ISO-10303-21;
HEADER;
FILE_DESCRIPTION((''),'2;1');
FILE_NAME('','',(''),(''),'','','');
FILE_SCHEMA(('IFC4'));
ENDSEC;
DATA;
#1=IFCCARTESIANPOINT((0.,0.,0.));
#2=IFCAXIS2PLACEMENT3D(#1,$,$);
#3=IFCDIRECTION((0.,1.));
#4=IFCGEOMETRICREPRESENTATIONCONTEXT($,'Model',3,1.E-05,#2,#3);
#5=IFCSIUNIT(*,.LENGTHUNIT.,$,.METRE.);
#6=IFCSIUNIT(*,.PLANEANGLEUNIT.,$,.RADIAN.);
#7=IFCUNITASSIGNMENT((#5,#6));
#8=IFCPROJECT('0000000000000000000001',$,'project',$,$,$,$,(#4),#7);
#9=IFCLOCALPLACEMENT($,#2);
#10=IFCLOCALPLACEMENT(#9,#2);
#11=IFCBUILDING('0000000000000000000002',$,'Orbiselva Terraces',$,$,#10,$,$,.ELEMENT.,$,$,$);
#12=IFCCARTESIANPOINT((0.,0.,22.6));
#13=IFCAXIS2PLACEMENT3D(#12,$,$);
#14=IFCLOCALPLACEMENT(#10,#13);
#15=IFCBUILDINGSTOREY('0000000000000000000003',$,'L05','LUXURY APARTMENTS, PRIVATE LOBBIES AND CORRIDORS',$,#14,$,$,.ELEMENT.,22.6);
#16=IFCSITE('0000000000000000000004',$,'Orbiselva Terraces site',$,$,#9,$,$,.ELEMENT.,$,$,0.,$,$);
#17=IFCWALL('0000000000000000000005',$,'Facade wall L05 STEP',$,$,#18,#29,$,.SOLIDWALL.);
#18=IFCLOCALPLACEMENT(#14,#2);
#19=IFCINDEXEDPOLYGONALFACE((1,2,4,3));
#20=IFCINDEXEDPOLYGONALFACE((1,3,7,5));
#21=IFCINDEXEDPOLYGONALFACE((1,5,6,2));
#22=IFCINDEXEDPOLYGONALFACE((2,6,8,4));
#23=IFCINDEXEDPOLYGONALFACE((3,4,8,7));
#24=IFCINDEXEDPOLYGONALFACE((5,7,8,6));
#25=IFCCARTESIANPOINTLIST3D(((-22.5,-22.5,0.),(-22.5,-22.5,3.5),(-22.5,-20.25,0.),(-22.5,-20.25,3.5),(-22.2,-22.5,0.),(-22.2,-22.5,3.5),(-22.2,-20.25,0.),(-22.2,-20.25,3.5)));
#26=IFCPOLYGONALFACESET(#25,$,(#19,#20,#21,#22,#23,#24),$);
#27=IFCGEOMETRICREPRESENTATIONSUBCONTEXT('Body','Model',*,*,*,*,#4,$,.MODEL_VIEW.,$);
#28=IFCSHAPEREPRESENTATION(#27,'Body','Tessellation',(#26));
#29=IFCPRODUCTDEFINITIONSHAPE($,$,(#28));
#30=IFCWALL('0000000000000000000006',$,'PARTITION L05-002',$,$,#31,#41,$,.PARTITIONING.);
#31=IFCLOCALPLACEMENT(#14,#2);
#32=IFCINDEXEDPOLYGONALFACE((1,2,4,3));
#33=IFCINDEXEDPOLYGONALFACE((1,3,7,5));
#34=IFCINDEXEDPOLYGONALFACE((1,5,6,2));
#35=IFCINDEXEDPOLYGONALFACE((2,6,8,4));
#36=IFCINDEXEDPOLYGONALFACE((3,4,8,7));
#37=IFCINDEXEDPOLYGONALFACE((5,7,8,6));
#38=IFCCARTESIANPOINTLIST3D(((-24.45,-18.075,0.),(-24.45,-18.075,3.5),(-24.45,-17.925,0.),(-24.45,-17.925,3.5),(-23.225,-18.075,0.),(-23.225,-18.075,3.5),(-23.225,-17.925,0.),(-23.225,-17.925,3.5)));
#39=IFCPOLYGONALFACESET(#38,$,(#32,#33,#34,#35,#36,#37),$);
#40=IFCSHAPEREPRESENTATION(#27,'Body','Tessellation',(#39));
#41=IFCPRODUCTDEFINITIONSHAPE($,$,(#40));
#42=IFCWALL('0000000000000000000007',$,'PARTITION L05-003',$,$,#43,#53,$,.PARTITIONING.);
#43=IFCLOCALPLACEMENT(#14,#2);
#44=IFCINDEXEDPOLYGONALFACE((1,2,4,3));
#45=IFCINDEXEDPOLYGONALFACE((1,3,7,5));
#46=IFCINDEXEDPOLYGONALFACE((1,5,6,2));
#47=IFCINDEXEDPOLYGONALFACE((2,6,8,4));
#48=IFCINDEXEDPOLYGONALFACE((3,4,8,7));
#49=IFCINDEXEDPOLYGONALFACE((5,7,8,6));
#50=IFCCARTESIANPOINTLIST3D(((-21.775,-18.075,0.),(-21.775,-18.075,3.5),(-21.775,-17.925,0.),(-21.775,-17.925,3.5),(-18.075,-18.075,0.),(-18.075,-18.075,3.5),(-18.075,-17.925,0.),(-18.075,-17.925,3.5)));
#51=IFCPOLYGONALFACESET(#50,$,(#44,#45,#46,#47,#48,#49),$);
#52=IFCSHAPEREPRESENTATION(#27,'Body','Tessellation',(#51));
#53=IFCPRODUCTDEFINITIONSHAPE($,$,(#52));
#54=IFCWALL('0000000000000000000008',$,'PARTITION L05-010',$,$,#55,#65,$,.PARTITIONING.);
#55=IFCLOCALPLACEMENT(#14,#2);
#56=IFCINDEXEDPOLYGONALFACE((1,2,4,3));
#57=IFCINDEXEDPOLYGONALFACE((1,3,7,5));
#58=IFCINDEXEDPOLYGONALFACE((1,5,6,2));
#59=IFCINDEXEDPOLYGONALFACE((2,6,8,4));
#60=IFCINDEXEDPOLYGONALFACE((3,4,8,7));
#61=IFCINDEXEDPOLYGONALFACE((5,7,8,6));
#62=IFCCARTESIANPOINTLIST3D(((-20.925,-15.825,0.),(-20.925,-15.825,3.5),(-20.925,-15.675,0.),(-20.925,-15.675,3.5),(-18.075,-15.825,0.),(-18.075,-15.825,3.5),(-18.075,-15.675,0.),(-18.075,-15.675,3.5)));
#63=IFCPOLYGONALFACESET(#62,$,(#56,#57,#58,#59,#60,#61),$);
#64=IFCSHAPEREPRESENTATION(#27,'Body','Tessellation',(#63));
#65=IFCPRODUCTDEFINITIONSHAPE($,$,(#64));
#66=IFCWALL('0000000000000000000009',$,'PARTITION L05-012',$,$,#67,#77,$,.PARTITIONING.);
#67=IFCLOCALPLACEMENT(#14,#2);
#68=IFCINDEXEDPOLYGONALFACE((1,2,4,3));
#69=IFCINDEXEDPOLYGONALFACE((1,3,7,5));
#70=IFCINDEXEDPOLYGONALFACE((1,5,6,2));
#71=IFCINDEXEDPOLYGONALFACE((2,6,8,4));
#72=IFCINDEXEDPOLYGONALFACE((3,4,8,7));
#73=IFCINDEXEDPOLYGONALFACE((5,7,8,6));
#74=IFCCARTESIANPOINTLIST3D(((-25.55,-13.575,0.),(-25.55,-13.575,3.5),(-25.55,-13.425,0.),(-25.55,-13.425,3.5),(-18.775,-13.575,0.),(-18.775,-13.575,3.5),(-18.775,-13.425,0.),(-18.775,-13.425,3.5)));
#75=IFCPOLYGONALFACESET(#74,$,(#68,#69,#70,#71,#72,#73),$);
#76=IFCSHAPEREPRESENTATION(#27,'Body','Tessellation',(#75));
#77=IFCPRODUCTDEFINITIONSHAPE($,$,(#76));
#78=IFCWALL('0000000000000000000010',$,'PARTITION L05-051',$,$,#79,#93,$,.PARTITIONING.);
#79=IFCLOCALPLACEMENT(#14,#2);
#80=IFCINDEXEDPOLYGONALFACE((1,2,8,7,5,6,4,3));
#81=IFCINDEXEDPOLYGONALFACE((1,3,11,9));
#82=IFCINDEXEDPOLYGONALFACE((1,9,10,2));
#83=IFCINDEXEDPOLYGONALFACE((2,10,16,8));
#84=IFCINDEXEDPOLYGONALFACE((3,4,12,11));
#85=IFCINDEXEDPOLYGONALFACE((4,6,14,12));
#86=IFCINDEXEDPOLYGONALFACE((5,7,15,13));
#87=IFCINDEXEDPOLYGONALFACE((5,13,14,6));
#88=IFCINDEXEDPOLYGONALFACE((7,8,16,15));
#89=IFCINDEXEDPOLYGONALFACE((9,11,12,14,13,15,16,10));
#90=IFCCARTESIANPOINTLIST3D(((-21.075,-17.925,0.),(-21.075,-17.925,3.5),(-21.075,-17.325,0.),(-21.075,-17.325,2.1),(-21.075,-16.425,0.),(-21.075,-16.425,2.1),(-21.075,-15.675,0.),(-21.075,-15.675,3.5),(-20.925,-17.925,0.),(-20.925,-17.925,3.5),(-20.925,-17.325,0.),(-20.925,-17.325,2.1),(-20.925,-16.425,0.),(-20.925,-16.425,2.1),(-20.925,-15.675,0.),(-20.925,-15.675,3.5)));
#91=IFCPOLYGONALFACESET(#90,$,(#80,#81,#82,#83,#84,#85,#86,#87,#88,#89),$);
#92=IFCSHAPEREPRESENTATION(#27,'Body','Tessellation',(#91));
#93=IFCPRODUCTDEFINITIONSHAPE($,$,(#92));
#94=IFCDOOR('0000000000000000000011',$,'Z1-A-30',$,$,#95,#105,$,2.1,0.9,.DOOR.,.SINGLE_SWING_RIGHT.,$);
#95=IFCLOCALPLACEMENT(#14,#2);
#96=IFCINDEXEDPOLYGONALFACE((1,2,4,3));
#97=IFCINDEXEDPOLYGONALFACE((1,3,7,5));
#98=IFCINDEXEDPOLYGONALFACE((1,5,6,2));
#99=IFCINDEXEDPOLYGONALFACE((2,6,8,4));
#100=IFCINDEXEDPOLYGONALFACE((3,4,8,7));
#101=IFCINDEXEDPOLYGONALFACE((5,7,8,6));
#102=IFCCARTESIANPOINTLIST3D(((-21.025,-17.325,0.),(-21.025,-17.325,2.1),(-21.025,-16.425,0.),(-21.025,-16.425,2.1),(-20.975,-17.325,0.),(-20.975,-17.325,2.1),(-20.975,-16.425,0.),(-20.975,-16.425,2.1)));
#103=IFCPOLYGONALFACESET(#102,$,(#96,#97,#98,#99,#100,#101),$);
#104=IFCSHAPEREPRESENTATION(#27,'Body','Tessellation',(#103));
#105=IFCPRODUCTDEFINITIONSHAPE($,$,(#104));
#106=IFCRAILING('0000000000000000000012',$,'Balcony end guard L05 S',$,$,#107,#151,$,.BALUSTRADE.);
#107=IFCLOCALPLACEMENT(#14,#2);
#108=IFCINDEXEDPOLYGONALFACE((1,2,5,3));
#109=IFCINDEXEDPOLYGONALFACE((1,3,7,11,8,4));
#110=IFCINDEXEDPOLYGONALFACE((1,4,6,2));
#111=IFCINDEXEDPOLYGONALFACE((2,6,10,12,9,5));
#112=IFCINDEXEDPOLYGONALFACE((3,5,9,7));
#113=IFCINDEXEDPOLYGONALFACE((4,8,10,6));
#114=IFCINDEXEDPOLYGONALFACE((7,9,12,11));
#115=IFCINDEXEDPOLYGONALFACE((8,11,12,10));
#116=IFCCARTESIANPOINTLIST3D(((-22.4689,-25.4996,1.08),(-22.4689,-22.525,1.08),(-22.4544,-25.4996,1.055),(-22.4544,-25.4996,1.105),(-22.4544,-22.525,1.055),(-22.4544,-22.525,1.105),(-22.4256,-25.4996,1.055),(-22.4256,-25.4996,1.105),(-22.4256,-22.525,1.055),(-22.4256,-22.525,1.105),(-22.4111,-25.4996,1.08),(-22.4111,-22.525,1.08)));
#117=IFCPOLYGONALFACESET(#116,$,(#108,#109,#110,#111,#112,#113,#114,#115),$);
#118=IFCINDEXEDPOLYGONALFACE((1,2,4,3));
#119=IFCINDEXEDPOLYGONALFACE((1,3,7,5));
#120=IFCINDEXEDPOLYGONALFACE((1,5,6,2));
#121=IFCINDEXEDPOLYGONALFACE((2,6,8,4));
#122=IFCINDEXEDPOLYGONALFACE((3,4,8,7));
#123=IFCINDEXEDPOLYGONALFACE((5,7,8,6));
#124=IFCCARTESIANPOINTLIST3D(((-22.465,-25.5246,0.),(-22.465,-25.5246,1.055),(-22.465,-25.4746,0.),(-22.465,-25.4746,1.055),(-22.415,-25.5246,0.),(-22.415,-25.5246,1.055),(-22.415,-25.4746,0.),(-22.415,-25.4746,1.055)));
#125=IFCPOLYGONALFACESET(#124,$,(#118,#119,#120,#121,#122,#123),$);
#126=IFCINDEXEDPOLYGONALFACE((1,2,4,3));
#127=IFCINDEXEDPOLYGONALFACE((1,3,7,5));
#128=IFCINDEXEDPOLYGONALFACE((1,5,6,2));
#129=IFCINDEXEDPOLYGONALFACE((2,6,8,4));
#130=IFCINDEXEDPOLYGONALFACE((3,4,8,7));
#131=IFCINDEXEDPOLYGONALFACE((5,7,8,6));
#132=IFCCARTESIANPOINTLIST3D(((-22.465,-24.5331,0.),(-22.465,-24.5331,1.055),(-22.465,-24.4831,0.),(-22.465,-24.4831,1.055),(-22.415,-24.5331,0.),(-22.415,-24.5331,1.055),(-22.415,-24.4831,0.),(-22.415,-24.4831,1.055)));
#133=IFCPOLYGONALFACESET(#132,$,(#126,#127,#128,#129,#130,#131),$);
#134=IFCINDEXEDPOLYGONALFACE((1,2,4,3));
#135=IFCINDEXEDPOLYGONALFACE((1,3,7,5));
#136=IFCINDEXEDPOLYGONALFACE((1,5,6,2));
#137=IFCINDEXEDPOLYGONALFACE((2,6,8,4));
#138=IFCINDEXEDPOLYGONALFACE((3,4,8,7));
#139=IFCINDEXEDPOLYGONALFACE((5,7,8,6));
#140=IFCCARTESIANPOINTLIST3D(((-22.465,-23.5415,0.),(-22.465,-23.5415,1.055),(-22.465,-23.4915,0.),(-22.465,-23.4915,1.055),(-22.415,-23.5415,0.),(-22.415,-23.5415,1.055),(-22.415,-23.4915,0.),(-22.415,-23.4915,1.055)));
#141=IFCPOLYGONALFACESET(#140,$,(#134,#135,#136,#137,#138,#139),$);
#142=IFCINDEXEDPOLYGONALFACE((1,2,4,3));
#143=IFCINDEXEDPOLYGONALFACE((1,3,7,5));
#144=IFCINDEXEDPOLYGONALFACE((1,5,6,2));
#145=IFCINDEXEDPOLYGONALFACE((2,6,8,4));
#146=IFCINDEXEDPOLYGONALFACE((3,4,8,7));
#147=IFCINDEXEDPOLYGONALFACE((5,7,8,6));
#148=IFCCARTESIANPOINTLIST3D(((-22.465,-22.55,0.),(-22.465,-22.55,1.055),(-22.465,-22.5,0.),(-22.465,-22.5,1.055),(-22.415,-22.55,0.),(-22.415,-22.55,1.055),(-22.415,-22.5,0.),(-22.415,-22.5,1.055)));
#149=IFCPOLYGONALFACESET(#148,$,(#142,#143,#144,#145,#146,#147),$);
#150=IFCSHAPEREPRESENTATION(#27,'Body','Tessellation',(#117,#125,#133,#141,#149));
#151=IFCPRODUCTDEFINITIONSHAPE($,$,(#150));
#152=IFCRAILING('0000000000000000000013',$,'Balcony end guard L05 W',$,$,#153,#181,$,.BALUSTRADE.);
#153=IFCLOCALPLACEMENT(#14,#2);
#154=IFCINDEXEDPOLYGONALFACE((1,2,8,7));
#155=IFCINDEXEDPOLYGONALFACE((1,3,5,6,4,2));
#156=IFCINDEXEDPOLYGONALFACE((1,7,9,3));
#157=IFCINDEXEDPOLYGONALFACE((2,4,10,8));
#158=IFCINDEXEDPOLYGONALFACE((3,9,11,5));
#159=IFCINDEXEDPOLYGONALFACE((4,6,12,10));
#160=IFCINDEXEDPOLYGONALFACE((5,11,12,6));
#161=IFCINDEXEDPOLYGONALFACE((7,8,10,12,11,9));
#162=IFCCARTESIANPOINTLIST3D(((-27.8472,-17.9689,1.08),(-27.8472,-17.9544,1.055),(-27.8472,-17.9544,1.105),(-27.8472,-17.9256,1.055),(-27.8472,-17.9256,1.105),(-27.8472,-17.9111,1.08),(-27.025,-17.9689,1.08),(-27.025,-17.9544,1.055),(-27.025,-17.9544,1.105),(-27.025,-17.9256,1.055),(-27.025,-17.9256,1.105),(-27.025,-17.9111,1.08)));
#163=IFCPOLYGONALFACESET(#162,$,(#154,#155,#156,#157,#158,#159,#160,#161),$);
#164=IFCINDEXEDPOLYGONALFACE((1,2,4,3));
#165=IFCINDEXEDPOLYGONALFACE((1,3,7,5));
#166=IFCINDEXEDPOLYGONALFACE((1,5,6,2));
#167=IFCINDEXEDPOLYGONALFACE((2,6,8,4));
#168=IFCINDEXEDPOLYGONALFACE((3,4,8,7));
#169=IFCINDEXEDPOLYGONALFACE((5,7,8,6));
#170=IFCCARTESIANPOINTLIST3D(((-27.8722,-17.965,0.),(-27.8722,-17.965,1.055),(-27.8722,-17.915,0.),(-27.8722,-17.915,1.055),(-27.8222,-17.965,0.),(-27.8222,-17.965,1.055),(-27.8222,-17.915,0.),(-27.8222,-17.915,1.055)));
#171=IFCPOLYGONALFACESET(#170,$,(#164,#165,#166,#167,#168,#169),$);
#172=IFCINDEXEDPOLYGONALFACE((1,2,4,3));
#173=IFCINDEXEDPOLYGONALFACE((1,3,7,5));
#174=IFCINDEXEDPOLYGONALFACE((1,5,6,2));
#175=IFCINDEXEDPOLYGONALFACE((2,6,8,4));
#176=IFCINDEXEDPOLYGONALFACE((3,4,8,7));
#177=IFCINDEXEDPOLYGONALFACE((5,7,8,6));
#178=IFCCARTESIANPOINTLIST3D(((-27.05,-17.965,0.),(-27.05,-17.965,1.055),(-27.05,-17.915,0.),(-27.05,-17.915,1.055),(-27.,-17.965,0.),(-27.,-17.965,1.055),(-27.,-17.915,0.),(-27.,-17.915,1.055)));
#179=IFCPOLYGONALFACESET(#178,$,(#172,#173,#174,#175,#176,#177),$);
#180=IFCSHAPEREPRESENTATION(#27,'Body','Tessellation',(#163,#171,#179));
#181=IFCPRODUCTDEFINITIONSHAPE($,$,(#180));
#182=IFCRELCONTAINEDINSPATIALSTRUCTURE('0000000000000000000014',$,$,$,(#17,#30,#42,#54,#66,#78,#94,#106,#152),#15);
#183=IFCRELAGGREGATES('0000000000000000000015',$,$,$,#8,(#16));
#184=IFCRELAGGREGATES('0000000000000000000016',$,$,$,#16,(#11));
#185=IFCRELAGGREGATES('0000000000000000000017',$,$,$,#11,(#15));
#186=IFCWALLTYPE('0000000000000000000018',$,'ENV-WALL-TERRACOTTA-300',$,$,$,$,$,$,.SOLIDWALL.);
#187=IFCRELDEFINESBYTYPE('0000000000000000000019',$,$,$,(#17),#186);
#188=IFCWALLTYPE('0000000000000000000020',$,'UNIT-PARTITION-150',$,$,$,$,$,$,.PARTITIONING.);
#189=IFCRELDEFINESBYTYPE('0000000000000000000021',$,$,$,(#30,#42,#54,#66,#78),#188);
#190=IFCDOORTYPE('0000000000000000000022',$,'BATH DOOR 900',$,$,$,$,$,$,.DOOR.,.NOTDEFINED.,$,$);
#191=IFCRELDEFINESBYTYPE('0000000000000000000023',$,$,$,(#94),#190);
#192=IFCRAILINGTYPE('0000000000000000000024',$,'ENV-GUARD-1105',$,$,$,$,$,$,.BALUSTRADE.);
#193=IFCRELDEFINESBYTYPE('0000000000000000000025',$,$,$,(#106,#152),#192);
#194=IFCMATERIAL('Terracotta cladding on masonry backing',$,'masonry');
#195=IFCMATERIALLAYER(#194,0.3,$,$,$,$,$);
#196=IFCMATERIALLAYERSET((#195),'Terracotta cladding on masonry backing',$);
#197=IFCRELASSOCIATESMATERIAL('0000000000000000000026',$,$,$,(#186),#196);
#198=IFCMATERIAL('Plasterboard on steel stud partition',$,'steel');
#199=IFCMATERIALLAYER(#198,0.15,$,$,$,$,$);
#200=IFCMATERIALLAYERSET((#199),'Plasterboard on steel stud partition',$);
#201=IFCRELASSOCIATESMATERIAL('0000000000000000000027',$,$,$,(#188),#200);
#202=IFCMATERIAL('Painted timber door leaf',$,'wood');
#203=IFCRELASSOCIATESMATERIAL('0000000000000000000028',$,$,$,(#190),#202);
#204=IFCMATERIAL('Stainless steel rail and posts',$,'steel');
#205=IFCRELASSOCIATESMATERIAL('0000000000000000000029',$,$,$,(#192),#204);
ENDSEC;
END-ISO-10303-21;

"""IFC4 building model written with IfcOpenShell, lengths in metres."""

from ifc_helpers import new_model, si_unit, direction, frame, frame_2d, origin, origin_2d, place, context, subcontext, project, spatial, polyline, rectangle, outline, extrude, material, layer, layer_set, type_object, element, fill, save


model = new_model("IFC4")

# Units and contexts
model_context = context("Model", 3, precision=1e-05, world=origin(), true_north=direction((0.0, 1.0)))
body_context = subcontext(model_context, "Body", "Model", "MODEL_VIEW")
ifc_project = project(units=[si_unit("LENGTHUNIT", "METRE"), si_unit("PLANEANGLEUNIT", "RADIAN")], contexts=[model_context])

# Site, building, storey
site_placement = place(None, origin())
site = spatial("IfcSite", under=ifc_project, at=site_placement, Name="Orbiselva Terraces site", CompositionType="ELEMENT", RefElevation=0.0)
building_placement = place(site_placement, origin())
building = spatial("IfcBuilding", under=site, at=building_placement, Name="Orbiselva Terraces", CompositionType="ELEMENT")
storey_placement = place(building_placement, frame((0.0, 0.0, 22.6)))
storey = spatial("IfcBuildingStorey", under=building, at=storey_placement, Name="L05", Description="LUXURY APARTMENTS, PRIVATE LOBBIES AND CORRIDORS", CompositionType="ELEMENT", Elevation=22.6)

# Shared definitions
ifc_material_1 = material(Name="Terracotta cladding on masonry backing", Category="masonry")
ifc_layer_1 = layer(ifc_material_1, 0.3)
ifc_layer_set_1 = layer_set([ifc_layer_1], Name="Terracotta cladding on masonry backing")
wall_type_1 = type_object("IfcWallType", Name="ENV-WALL-TERRACOTTA-300", PredefinedType="SOLIDWALL", material=ifc_layer_set_1)

# Walls
wall_1_placement = place(storey_placement, frame((-22.35, -22.5, 0.0), z_axis=(0.0, 0.0, 1.0), x_axis=(0.0, 1.0, 0.0)))
element("IfcWall", 1, at=wall_1_placement, inside=storey, type_object=wall_type_1, Name="Facade wall L05 STEP", PredefinedType="SOLIDWALL", context=body_context, shape_type="SweptSolid", body=[
    extrude(rectangle(XDim=2.25, YDim=0.3, at=frame_2d((1.125, 0.0))), origin(), (0.0, 0.0, 1.0), 3.5),
])
ifc_material_2 = material(Name="Plasterboard on steel stud partition", Category="steel")
ifc_layer_2 = layer(ifc_material_2, 0.15)
ifc_layer_set_2 = layer_set([ifc_layer_2], Name="Plasterboard on steel stud partition")
wall_type_2 = type_object("IfcWallType", Name="UNIT-PARTITION-150", PredefinedType="PARTITIONING", material=ifc_layer_set_2)
wall_2_placement = place(storey_placement, frame((-24.45, -18.0, 0.0), z_axis=(0.0, 0.0, 1.0), x_axis=(1.0, 0.0, 0.0)))
element("IfcWall", 2, at=wall_2_placement, inside=storey, type_object=wall_type_2, Name="PARTITION L05-002", PredefinedType="PARTITIONING", context=body_context, shape_type="SweptSolid", body=[
    extrude(rectangle(XDim=1.225, YDim=0.15, at=frame_2d((0.6125, 0.0))), origin(), (0.0, 0.0, 1.0), 3.5),
])
wall_3_placement = place(storey_placement, frame((-21.775, -18.0, 0.0), z_axis=(0.0, 0.0, 1.0), x_axis=(1.0, 0.0, 0.0)))
element("IfcWall", 3, at=wall_3_placement, inside=storey, type_object=wall_type_2, Name="PARTITION L05-003", PredefinedType="PARTITIONING", context=body_context, shape_type="SweptSolid", body=[
    extrude(rectangle(XDim=3.7, YDim=0.15, at=frame_2d((1.85, 0.0))), origin(), (0.0, 0.0, 1.0), 3.5),
])
wall_4_placement = place(storey_placement, frame((-20.925, -15.75, 0.0), z_axis=(0.0, 0.0, 1.0), x_axis=(1.0, 0.0, 0.0)))
element("IfcWall", 4, at=wall_4_placement, inside=storey, type_object=wall_type_2, Name="PARTITION L05-010", PredefinedType="PARTITIONING", context=body_context, shape_type="SweptSolid", body=[
    extrude(rectangle(XDim=2.85, YDim=0.15, at=frame_2d((1.425, 0.0))), origin(), (0.0, 0.0, 1.0), 3.5),
])
wall_5_placement = place(storey_placement, frame((-25.55, -13.5, 0.0), z_axis=(0.0, 0.0, 1.0), x_axis=(1.0, 0.0, 0.0)))
element("IfcWall", 5, at=wall_5_placement, inside=storey, type_object=wall_type_2, Name="PARTITION L05-012", PredefinedType="PARTITIONING", context=body_context, shape_type="SweptSolid", body=[
    extrude(rectangle(XDim=6.775, YDim=0.15, at=frame_2d((3.3875, 0.0))), origin(), (0.0, 0.0, 1.0), 3.5),
])

# Wall, opening, door
wall_6_placement = place(storey_placement, frame((-21.0, -15.675, 0.0), z_axis=(0.0, 0.0, 1.0), x_axis=(0.0, -1.0, 0.0)))
wall_6 = element("IfcWall", 6, at=wall_6_placement, inside=storey, type_object=wall_type_2, Name="PARTITION L05-051", PredefinedType="PARTITIONING", context=body_context, shape_type="SweptSolid", body=[
    extrude(rectangle(XDim=2.25, YDim=0.15, at=frame_2d((1.125, 0.0))), origin(), (0.0, 0.0, 1.0), 3.5),
])
opening_1_placement = place(wall_6_placement, frame((0.75, 0.0, 0.0)))
opening_1 = element("IfcOpeningElement", 7, at=opening_1_placement, cuts=wall_6, PredefinedType="OPENING", context=body_context, shape_type="SweptSolid", body=[
    extrude(rectangle(XDim=0.9, YDim=2.1, at=frame_2d((0.45, 1.05))), frame((0.0, 0.085, 0.0), z_axis=(0.0, -1.0, 0.0), x_axis=(1.0, 0.0, 0.0)), (0.0, 0.0, 1.0), 0.17),
])
ifc_material_3 = material(Name="Painted timber door leaf", Category="wood")
door_type_1 = type_object("IfcDoorType", Name="BATH DOOR 900", OperationType="NOTDEFINED", PredefinedType="DOOR", material=ifc_material_3)
door_1_placement = place(opening_1_placement, origin())
door_1 = element("IfcDoor", 8, at=door_1_placement, inside=storey, type_object=door_type_1, Name="Z1-A-30", OperationType="SINGLE_SWING_RIGHT", OverallHeight=2.1, OverallWidth=0.9, PredefinedType="DOOR", context=body_context, shape_type="SweptSolid", body=[
    extrude(rectangle(XDim=0.9, YDim=2.1, at=frame_2d((0.45, 1.05))), frame((0.0, 0.025, 0.0), z_axis=(0.0, -1.0, 0.0), x_axis=(1.0, 0.0, 0.0)), (0.0, 0.0, 1.0), 0.05),
])
fill(opening_1, door_1)

# Railings
ifc_material_4 = material(Name="Stainless steel rail and posts", Category="steel")
railing_type_1 = type_object("IfcRailingType", Name="ENV-GUARD-1105", PredefinedType="BALUSTRADE", material=ifc_material_4)
railing_1_placement = place(storey_placement, frame((-22.44, -25.4996, 0.0)))
element("IfcRailing", 9, at=railing_1_placement, inside=storey, type_object=railing_type_1, Name="Balcony end guard L05 S", PredefinedType="BALUSTRADE", context=body_context, shape_type="SweptSolid", body=[
    extrude(outline(polyline([(0.0289, 0.0), (0.0144, 0.025), (-0.0144, 0.025), (-0.0289, 0.0), (-0.0144, -0.025), (0.0144, -0.025), (0.0289, 0.0)])), frame((0.0, 0.0, 1.08), z_axis=(0.0, 1.0, 0.0), x_axis=(-1.0, 0.0, 0.0)), (0.0, 0.0, 1.0), 2.9746),
    extrude(rectangle(XDim=0.05, YDim=0.05, at=origin_2d()), origin(), (0.0, 0.0, 1.0), 1.055),
    extrude(rectangle(XDim=0.05, YDim=0.05, at=origin_2d()), frame((0.0, 0.9915, 0.0)), (0.0, 0.0, 1.0), 1.055),
    extrude(rectangle(XDim=0.05, YDim=0.05, at=origin_2d()), frame((0.0, 1.9831, 0.0)), (0.0, 0.0, 1.0), 1.055),
    extrude(rectangle(XDim=0.05, YDim=0.05, at=origin_2d()), frame((0.0, 2.9746, 0.0)), (0.0, 0.0, 1.0), 1.055),
])
railing_2_placement = place(storey_placement, frame((-27.8472, -17.94, 0.0)))
element("IfcRailing", 10, at=railing_2_placement, inside=storey, type_object=railing_type_1, Name="Balcony end guard L05 W", PredefinedType="BALUSTRADE", context=body_context, shape_type="SweptSolid", body=[
    extrude(outline(polyline([(0.0289, 0.0), (0.0144, 0.025), (-0.0144, 0.025), (-0.0289, 0.0), (-0.0144, -0.025), (0.0144, -0.025), (0.0289, 0.0)])), frame((0.0, 0.0, 1.08), z_axis=(1.0, 0.0, 0.0), x_axis=(0.0, 1.0, 0.0)), (0.0, 0.0, 1.0), 0.8222),
    extrude(rectangle(XDim=0.05, YDim=0.05, at=origin_2d()), origin(), (0.0, 0.0, 1.0), 1.055),
    extrude(rectangle(XDim=0.05, YDim=0.05, at=origin_2d()), frame((0.8222, 0.0, 0.0)), (0.0, 0.0, 1.0), 1.055),
])

save(model, "model.ifc")
